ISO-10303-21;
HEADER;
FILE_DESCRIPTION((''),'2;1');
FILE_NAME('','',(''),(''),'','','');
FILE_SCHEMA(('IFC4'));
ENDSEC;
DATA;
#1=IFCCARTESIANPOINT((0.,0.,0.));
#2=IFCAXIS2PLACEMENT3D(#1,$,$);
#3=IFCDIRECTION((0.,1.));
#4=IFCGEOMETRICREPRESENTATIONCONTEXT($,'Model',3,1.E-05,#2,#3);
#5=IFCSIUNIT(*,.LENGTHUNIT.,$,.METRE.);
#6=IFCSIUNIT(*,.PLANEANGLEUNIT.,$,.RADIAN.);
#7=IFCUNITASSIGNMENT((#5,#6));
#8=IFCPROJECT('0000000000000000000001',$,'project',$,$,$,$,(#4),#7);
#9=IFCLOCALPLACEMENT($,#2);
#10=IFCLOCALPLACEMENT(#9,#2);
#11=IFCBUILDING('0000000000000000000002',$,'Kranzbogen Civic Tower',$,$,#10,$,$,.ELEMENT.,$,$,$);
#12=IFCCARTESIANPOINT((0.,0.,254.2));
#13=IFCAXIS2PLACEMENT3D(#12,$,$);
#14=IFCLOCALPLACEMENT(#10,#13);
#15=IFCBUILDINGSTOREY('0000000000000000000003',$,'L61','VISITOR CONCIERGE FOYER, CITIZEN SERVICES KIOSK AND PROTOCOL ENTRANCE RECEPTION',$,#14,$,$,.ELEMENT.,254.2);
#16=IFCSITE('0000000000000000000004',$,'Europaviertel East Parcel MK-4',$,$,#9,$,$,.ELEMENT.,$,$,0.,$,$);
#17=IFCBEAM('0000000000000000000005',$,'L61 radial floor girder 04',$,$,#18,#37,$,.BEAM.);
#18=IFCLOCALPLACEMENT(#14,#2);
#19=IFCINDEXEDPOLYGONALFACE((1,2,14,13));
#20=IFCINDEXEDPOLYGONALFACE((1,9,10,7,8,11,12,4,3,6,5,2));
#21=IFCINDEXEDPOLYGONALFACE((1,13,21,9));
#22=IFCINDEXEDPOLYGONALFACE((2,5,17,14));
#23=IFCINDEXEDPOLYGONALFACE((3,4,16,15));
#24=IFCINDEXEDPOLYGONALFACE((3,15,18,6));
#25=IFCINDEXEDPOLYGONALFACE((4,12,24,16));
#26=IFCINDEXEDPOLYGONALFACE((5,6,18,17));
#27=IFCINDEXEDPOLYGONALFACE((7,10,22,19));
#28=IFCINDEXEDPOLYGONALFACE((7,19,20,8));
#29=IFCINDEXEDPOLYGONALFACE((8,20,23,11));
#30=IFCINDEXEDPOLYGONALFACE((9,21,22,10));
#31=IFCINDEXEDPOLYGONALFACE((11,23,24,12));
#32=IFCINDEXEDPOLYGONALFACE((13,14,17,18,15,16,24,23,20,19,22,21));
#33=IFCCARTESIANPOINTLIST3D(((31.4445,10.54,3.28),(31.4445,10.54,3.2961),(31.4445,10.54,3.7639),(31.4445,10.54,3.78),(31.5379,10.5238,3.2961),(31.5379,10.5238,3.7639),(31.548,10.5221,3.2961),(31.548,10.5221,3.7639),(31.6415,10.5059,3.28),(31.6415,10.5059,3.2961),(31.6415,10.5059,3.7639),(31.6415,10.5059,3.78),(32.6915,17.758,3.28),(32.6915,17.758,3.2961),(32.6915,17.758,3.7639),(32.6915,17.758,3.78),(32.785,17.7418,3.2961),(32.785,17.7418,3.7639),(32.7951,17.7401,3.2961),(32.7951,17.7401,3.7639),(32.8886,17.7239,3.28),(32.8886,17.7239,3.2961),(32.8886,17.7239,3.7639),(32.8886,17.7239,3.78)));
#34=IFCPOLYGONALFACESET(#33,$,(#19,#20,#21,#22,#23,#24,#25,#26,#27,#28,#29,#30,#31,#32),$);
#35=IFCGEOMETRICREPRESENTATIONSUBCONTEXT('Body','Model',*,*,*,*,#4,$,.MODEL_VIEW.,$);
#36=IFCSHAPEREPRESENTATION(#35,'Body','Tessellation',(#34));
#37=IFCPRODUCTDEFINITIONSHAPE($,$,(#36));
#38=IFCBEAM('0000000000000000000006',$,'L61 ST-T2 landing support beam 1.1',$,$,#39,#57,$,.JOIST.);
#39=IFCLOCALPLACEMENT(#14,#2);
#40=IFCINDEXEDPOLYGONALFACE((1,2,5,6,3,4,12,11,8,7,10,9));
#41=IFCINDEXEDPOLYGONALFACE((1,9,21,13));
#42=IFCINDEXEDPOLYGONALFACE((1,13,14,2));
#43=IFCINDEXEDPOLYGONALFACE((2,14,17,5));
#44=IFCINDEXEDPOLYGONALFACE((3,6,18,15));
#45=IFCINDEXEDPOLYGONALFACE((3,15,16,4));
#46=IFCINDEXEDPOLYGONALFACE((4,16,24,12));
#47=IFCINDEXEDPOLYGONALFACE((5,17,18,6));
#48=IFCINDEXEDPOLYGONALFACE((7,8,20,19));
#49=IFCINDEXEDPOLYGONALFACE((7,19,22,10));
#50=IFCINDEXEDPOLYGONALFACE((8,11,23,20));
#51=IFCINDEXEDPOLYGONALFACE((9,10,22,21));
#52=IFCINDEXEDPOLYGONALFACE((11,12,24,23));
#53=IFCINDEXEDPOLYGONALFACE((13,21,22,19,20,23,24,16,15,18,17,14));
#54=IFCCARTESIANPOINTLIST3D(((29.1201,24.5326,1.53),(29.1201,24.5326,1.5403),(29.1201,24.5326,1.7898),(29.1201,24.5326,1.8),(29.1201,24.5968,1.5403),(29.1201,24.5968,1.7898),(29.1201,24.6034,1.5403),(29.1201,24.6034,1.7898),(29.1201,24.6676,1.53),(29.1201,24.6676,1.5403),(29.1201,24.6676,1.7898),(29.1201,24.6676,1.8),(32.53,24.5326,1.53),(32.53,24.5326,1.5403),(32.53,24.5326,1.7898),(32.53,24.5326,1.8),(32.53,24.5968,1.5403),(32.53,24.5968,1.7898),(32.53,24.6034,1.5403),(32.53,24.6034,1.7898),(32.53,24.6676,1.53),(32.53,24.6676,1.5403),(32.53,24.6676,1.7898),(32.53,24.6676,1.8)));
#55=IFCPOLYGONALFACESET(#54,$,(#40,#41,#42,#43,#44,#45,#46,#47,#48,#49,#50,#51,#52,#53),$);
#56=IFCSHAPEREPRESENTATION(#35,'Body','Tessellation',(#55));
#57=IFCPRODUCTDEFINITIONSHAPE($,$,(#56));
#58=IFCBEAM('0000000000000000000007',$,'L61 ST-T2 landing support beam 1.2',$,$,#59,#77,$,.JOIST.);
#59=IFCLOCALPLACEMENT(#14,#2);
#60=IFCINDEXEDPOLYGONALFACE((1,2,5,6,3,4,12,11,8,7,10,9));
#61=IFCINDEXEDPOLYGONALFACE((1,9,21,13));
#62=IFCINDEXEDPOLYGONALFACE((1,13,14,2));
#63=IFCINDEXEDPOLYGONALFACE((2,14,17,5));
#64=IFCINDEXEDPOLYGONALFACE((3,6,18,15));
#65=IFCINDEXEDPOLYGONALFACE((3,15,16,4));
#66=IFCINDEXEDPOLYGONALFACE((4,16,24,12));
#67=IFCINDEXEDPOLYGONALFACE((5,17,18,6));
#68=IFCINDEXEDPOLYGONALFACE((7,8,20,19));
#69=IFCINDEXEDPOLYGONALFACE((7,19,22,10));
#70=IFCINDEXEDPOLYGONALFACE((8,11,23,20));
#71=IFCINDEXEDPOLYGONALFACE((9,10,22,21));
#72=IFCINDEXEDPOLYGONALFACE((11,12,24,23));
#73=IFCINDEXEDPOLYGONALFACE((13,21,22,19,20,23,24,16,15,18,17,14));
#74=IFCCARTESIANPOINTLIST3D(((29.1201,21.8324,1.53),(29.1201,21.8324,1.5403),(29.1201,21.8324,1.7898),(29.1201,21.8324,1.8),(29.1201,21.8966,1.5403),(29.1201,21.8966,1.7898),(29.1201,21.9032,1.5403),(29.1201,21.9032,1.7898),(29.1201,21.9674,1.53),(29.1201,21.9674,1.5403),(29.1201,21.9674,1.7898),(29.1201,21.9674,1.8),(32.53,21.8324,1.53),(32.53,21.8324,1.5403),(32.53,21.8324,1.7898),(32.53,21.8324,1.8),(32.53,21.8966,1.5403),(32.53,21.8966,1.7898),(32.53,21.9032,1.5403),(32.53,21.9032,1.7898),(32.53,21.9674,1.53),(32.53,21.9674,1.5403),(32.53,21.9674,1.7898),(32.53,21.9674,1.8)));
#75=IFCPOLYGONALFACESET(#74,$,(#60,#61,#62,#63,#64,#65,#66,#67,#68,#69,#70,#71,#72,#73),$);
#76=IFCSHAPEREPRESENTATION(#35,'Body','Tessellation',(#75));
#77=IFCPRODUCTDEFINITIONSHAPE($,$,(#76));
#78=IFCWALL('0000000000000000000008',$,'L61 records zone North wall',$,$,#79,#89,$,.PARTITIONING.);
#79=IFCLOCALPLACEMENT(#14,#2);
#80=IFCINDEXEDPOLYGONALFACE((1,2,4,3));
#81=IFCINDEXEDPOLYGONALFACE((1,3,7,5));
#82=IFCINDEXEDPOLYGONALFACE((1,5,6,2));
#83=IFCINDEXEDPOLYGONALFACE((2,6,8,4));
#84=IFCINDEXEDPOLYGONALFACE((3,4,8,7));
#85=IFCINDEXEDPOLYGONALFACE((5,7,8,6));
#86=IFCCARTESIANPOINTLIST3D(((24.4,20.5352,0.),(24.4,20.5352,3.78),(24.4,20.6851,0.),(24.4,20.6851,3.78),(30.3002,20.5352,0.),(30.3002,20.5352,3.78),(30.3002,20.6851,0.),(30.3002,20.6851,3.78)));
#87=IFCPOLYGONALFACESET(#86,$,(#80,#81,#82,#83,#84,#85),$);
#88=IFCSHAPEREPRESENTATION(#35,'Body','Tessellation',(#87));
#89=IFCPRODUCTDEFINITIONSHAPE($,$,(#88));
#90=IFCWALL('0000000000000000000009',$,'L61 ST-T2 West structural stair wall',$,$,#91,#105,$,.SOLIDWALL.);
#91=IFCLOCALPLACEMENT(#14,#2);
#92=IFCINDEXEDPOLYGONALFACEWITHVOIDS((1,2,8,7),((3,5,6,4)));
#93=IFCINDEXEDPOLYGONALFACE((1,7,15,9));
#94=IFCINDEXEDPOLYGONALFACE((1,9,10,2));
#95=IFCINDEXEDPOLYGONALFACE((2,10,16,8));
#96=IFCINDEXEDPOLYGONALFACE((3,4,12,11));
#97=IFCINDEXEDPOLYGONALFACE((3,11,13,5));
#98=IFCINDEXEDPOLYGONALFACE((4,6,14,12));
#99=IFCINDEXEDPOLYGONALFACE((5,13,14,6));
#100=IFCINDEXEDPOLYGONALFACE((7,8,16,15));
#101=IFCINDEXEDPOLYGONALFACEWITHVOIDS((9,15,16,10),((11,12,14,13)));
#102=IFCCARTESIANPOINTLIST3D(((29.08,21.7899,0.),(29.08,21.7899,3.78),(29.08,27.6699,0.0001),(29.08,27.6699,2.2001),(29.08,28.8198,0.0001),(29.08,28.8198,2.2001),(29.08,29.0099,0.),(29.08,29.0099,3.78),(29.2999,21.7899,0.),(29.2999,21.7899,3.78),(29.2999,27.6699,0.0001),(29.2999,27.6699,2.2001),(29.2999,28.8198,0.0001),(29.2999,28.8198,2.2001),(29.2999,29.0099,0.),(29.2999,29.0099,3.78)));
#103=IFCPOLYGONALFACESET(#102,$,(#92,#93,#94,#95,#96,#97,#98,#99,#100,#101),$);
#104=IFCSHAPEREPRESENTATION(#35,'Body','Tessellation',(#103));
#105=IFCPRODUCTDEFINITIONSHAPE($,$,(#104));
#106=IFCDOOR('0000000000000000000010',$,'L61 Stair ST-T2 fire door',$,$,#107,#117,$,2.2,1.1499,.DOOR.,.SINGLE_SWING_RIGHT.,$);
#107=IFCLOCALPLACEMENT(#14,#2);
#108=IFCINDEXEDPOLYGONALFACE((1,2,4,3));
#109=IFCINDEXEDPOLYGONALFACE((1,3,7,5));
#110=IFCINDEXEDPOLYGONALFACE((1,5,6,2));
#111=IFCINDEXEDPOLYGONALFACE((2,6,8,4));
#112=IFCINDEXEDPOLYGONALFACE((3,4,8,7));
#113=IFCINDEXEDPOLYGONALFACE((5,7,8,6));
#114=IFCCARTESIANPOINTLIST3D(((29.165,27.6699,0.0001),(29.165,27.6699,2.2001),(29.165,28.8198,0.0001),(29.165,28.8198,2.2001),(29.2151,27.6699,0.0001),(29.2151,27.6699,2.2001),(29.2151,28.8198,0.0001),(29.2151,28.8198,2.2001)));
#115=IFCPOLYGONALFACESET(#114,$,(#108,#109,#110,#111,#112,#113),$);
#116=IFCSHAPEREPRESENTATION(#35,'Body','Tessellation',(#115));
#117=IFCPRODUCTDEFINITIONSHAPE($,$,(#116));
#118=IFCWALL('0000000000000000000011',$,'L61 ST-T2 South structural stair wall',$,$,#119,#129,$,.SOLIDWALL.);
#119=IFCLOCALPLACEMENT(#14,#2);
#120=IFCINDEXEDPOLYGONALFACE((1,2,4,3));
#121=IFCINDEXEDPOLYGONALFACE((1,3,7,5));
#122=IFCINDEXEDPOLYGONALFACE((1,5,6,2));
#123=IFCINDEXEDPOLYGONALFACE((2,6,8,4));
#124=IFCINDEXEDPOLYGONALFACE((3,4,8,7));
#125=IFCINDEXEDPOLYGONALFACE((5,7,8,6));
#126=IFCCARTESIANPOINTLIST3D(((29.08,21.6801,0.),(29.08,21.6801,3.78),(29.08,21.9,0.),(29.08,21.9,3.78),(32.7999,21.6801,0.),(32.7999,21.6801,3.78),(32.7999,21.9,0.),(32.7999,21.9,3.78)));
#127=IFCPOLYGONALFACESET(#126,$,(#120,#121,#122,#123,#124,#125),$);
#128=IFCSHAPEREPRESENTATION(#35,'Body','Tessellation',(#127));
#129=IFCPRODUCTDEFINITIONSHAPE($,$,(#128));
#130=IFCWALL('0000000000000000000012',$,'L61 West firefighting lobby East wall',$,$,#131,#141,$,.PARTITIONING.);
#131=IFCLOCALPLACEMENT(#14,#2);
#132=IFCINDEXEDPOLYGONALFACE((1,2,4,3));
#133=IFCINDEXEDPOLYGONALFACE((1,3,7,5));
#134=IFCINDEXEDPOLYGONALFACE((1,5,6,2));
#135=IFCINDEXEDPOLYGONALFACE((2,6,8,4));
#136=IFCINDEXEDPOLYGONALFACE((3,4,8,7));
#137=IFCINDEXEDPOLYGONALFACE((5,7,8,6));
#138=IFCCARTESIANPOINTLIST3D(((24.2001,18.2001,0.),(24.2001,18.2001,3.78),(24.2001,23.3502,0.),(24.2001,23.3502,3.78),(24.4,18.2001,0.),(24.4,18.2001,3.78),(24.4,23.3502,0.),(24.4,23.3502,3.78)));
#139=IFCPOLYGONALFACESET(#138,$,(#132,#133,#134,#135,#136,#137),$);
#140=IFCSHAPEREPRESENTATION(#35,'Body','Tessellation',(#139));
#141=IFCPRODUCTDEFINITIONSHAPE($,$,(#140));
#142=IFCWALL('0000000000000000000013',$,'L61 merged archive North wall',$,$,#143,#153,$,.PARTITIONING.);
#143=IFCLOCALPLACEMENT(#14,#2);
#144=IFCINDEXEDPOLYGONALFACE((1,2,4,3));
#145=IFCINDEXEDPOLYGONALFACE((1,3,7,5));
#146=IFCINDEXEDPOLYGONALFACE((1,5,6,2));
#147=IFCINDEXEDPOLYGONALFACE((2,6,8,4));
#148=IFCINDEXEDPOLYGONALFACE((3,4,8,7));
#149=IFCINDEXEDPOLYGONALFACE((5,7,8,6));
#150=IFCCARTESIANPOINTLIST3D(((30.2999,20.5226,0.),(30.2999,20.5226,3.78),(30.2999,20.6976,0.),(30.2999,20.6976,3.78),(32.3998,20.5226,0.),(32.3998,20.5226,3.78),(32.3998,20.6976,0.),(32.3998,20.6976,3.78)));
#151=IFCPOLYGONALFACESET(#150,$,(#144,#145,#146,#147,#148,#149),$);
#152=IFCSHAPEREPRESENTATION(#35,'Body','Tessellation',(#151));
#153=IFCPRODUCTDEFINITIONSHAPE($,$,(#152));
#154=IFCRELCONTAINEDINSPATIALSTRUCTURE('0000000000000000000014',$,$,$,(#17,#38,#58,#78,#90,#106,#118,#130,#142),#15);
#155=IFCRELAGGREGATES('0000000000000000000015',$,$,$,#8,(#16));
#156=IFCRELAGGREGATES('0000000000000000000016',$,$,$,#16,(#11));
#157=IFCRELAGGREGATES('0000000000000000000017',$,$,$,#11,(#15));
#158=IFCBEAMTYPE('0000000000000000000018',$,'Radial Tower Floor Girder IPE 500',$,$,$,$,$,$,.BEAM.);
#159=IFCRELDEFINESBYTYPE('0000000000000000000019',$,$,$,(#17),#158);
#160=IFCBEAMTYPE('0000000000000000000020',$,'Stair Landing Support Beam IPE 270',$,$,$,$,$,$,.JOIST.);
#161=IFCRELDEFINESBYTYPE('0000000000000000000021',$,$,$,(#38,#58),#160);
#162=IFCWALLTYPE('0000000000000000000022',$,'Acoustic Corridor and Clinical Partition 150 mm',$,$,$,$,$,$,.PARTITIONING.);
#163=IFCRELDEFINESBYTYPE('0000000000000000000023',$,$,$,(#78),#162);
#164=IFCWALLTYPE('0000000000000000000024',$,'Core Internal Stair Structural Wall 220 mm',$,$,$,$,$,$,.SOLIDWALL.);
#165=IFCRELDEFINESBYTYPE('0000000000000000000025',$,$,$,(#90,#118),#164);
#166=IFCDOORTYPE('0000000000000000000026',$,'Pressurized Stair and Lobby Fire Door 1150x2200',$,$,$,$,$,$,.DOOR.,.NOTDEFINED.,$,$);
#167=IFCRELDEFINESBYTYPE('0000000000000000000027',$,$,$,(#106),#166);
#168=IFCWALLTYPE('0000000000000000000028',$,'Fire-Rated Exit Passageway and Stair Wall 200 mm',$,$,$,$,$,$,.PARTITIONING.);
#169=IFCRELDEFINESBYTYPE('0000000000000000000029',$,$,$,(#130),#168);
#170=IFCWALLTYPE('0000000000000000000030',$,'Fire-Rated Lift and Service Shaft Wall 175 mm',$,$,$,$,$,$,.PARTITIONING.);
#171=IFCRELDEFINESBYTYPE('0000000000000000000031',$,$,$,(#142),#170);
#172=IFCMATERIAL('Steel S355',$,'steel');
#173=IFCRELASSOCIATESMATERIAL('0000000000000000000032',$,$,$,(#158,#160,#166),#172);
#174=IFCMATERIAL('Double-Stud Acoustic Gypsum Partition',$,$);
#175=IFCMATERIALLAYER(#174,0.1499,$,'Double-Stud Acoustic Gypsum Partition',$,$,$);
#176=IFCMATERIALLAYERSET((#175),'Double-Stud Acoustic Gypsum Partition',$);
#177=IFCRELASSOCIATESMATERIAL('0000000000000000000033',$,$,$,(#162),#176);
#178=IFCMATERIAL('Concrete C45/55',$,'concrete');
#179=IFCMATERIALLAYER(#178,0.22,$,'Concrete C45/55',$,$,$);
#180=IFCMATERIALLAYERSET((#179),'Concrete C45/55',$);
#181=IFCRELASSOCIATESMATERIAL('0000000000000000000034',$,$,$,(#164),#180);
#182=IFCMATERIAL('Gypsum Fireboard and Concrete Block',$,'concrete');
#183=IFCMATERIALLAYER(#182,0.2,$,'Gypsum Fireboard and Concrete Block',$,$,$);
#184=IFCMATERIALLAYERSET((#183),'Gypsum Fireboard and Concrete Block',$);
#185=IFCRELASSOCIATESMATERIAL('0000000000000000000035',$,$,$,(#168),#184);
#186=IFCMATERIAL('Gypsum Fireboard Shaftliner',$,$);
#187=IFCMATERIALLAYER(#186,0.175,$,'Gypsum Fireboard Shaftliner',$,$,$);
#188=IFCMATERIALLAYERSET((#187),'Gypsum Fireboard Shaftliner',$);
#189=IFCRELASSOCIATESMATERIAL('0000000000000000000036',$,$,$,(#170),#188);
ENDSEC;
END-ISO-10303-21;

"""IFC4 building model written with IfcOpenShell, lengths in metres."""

from ifc_helpers import new_model, si_unit, direction, frame, frame_2d, origin, origin_2d, place, context, subcontext, project, spatial, rectangle, i_section, extrude, material, layer, layer_set, material_profile, profile_set, type_object, element, fill, save


model = new_model("IFC4")

# Units and contexts
model_context = context("Model", 3, precision=1e-05, world=origin(), true_north=direction((0.0, 1.0)))
body_context = subcontext(model_context, "Body", "Model", "MODEL_VIEW")
ifc_project = project(units=[si_unit("LENGTHUNIT", "METRE"), si_unit("PLANEANGLEUNIT", "RADIAN")], contexts=[model_context])

# Site, building, storey
site_placement = place(None, origin())
site = spatial("IfcSite", under=ifc_project, at=site_placement, Name="Europaviertel East Parcel MK-4", CompositionType="ELEMENT", RefElevation=0.0)
building_placement = place(site_placement, origin())
building = spatial("IfcBuilding", under=site, at=building_placement, Name="Kranzbogen Civic Tower", CompositionType="ELEMENT")
storey_placement = place(building_placement, frame((0.0, 0.0, 254.2)))
storey = spatial("IfcBuildingStorey", under=building, at=storey_placement, Name="L61", Description="VISITOR CONCIERGE FOYER, CITIZEN SERVICES KIOSK AND PROTOCOL ENTRANCE RECEPTION", CompositionType="ELEMENT", Elevation=254.2)

# Beams
ifc_material_1 = material(Name="Steel S355", Category="steel")
ifc_material_profile_1 = material_profile(ifc_material_1, i_section(OverallWidth=0.2, OverallDepth=0.5, WebThickness=0.0103, FlangeThickness=0.0161, at=origin_2d()), Name="IPE 500")
ifc_profile_set_1 = profile_set([ifc_material_profile_1], Name="Steel S355")
beam_type_1 = type_object("IfcBeamType", Name="Radial Tower Floor Girder IPE 500", PredefinedType="BEAM", material=ifc_profile_set_1)
beam_placement = place(storey_placement, frame((31.543, 10.5229, 3.53), z_axis=(0.17025, 0.985401, 0.0), x_axis=(-0.985401, 0.17025, 0.0)))
element("IfcBeam", 1, at=beam_placement, inside=storey, type_object=beam_type_1, Name="L61 radial floor girder 04", PredefinedType="BEAM", context=body_context, shape_type="SweptSolid", body=[
    extrude(i_section(OverallWidth=0.2, OverallDepth=0.5, WebThickness=0.0103, FlangeThickness=0.0161, at=origin_2d()), origin(), (0.0, 0.0, 1.0), 7.325),
])
ifc_material_profile_2 = material_profile(ifc_material_1, i_section(OverallWidth=0.135, OverallDepth=0.27, WebThickness=0.0066, FlangeThickness=0.0103, at=origin_2d()), Name="IPE 270")
ifc_profile_set_2 = profile_set([ifc_material_profile_2], Name="Steel S355")
beam_type_2 = type_object("IfcBeamType", Name="Stair Landing Support Beam IPE 270", PredefinedType="JOIST", material=ifc_profile_set_2)
for number, where, z_axis, x_axis, name in (
    (2, (29.1201, 24.6001, 1.665), (1.0, 0.0, 0.0), (0.0, 1.0, 0.0), "L61 ST-T2 landing support beam 1.1"),
    (3, (29.1201, 21.8999, 1.665), (1.0, 0.0, 0.0), (0.0, 1.0, 0.0), "L61 ST-T2 landing support beam 1.2"),
):
    element("IfcBeam", number, at=place(storey_placement, frame(where, z_axis=z_axis, x_axis=x_axis)), inside=storey, type_object=beam_type_2, Name=name, PredefinedType="JOIST", context=body_context, shape_type="SweptSolid", body=[
        extrude(i_section(OverallWidth=0.135, OverallDepth=0.27, WebThickness=0.0066, FlangeThickness=0.0103, at=origin_2d()), origin(), (0.0, 0.0, 1.0), 3.4099),
    ])

# Wall
ifc_material_2 = material(Name="Double-Stud Acoustic Gypsum Partition")
ifc_layer_1 = layer(ifc_material_2, 0.1499, Name="Double-Stud Acoustic Gypsum Partition")
ifc_layer_set_1 = layer_set([ifc_layer_1], Name="Double-Stud Acoustic Gypsum Partition")
wall_type_1 = type_object("IfcWallType", Name="Acoustic Corridor and Clinical Partition 150 mm", PredefinedType="PARTITIONING", material=ifc_layer_set_1)
wall_1_placement = place(storey_placement, frame((24.3999, 20.6101, 0.0), z_axis=(0.0, 0.0, 1.0), x_axis=(1.0, 0.0, 0.0)))
element("IfcWall", 4, at=wall_1_placement, inside=storey, type_object=wall_type_1, Name="L61 records zone North wall", PredefinedType="PARTITIONING", context=body_context, shape_type="SweptSolid", body=[
    extrude(rectangle(XDim=5.9001, YDim=0.1499, at=frame_2d((2.9502, 0.0))), origin(), (0.0, 0.0, 1.0), 3.78),
])

# Wall, opening, door
ifc_material_3 = material(Name="Concrete C45/55", Category="concrete")
ifc_layer_2 = layer(ifc_material_3, 0.22, Name="Concrete C45/55")
ifc_layer_set_2 = layer_set([ifc_layer_2], Name="Concrete C45/55")
wall_type_2 = type_object("IfcWallType", Name="Core Internal Stair Structural Wall 220 mm", PredefinedType="SOLIDWALL", material=ifc_layer_set_2)
wall_2_placement = place(storey_placement, frame((29.1899, 21.79, 0.0), z_axis=(0.0, 0.0, 1.0), x_axis=(0.0, 1.0, 0.0)))
wall_2 = element("IfcWall", 5, at=wall_2_placement, inside=storey, type_object=wall_type_2, Name="L61 ST-T2 West structural stair wall", PredefinedType="SOLIDWALL", context=body_context, shape_type="SweptSolid", body=[
    extrude(rectangle(XDim=7.22, YDim=0.22, at=frame_2d((3.6099, 0.0))), origin(), (0.0, 0.0, 1.0), 3.78),
])
opening_1_placement = place(wall_2_placement, frame((5.8799, 0.0, 0.0)))
opening_1 = element("IfcOpeningElement", 6, at=opening_1_placement, cuts=wall_2, PredefinedType="OPENING", context=body_context, shape_type="SweptSolid", body=[
    extrude(rectangle(XDim=1.1499, YDim=2.2, at=frame_2d((0.575, 1.1001))), frame((0.0, 0.1201, 0.0), z_axis=(0.0, -1.0, 0.0), x_axis=(1.0, 0.0, 0.0)), (0.0, 0.0, 1.0), 0.24),
])
door_type_1 = type_object("IfcDoorType", Name="Pressurized Stair and Lobby Fire Door 1150x2200", OperationType="NOTDEFINED", PredefinedType="DOOR", material=ifc_material_1)
door_1_placement = place(opening_1_placement, origin())
door_1 = element("IfcDoor", 7, at=door_1_placement, inside=storey, type_object=door_type_1, Name="L61 Stair ST-T2 fire door", OperationType="SINGLE_SWING_RIGHT", OverallHeight=2.2, OverallWidth=1.1499, PredefinedType="DOOR", context=body_context, shape_type="SweptSolid", body=[
    extrude(rectangle(XDim=1.1499, YDim=2.2, at=frame_2d((0.575, 1.1001))), frame((0.0, 0.0249, 0.0), z_axis=(0.0, -1.0, 0.0), x_axis=(1.0, 0.0, 0.0)), (0.0, 0.0, 1.0), 0.05),
])
fill(opening_1, door_1)

# Walls
wall_3_placement = place(storey_placement, frame((29.0801, 21.79, 0.0), z_axis=(0.0, 0.0, 1.0), x_axis=(1.0, 0.0, 0.0)))
element("IfcWall", 8, at=wall_3_placement, inside=storey, type_object=wall_type_2, Name="L61 ST-T2 South structural stair wall", PredefinedType="SOLIDWALL", context=body_context, shape_type="SweptSolid", body=[
    extrude(rectangle(XDim=3.72, YDim=0.22, at=frame_2d((1.8599, 0.0))), origin(), (0.0, 0.0, 1.0), 3.78),
])
ifc_material_4 = material(Name="Gypsum Fireboard and Concrete Block", Category="concrete")
ifc_layer_3 = layer(ifc_material_4, 0.2, Name="Gypsum Fireboard and Concrete Block")
ifc_layer_set_3 = layer_set([ifc_layer_3], Name="Gypsum Fireboard and Concrete Block")
wall_type_3 = type_object("IfcWallType", Name="Fire-Rated Exit Passageway and Stair Wall 200 mm", PredefinedType="PARTITIONING", material=ifc_layer_set_3)
wall_4_placement = place(storey_placement, frame((24.3, 18.2, 0.0), z_axis=(0.0, 0.0, 1.0), x_axis=(0.0, 1.0, 0.0)))
element("IfcWall", 9, at=wall_4_placement, inside=storey, type_object=wall_type_3, Name="L61 West firefighting lobby East wall", PredefinedType="PARTITIONING", context=body_context, shape_type="SweptSolid", body=[
    extrude(rectangle(XDim=5.1501, YDim=0.2, at=frame_2d((2.5752, 0.0))), origin(), (0.0, 0.0, 1.0), 3.78),
])
ifc_material_5 = material(Name="Gypsum Fireboard Shaftliner")
ifc_layer_4 = layer(ifc_material_5, 0.175, Name="Gypsum Fireboard Shaftliner")
ifc_layer_set_4 = layer_set([ifc_layer_4], Name="Gypsum Fireboard Shaftliner")
wall_type_4 = type_object("IfcWallType", Name="Fire-Rated Lift and Service Shaft Wall 175 mm", PredefinedType="PARTITIONING", material=ifc_layer_set_4)
wall_5_placement = place(storey_placement, frame((30.3, 20.6101, 0.0), z_axis=(0.0, 0.0, 1.0), x_axis=(1.0, 0.0, 0.0)))
element("IfcWall", 10, at=wall_5_placement, inside=storey, type_object=wall_type_4, Name="L61 merged archive North wall", PredefinedType="PARTITIONING", context=body_context, shape_type="SweptSolid", body=[
    extrude(rectangle(XDim=2.0999, YDim=0.175, at=frame_2d((1.0498, 0.0))), origin(), (0.0, 0.0, 1.0), 3.78),
])

save(model, "model.ifc")
